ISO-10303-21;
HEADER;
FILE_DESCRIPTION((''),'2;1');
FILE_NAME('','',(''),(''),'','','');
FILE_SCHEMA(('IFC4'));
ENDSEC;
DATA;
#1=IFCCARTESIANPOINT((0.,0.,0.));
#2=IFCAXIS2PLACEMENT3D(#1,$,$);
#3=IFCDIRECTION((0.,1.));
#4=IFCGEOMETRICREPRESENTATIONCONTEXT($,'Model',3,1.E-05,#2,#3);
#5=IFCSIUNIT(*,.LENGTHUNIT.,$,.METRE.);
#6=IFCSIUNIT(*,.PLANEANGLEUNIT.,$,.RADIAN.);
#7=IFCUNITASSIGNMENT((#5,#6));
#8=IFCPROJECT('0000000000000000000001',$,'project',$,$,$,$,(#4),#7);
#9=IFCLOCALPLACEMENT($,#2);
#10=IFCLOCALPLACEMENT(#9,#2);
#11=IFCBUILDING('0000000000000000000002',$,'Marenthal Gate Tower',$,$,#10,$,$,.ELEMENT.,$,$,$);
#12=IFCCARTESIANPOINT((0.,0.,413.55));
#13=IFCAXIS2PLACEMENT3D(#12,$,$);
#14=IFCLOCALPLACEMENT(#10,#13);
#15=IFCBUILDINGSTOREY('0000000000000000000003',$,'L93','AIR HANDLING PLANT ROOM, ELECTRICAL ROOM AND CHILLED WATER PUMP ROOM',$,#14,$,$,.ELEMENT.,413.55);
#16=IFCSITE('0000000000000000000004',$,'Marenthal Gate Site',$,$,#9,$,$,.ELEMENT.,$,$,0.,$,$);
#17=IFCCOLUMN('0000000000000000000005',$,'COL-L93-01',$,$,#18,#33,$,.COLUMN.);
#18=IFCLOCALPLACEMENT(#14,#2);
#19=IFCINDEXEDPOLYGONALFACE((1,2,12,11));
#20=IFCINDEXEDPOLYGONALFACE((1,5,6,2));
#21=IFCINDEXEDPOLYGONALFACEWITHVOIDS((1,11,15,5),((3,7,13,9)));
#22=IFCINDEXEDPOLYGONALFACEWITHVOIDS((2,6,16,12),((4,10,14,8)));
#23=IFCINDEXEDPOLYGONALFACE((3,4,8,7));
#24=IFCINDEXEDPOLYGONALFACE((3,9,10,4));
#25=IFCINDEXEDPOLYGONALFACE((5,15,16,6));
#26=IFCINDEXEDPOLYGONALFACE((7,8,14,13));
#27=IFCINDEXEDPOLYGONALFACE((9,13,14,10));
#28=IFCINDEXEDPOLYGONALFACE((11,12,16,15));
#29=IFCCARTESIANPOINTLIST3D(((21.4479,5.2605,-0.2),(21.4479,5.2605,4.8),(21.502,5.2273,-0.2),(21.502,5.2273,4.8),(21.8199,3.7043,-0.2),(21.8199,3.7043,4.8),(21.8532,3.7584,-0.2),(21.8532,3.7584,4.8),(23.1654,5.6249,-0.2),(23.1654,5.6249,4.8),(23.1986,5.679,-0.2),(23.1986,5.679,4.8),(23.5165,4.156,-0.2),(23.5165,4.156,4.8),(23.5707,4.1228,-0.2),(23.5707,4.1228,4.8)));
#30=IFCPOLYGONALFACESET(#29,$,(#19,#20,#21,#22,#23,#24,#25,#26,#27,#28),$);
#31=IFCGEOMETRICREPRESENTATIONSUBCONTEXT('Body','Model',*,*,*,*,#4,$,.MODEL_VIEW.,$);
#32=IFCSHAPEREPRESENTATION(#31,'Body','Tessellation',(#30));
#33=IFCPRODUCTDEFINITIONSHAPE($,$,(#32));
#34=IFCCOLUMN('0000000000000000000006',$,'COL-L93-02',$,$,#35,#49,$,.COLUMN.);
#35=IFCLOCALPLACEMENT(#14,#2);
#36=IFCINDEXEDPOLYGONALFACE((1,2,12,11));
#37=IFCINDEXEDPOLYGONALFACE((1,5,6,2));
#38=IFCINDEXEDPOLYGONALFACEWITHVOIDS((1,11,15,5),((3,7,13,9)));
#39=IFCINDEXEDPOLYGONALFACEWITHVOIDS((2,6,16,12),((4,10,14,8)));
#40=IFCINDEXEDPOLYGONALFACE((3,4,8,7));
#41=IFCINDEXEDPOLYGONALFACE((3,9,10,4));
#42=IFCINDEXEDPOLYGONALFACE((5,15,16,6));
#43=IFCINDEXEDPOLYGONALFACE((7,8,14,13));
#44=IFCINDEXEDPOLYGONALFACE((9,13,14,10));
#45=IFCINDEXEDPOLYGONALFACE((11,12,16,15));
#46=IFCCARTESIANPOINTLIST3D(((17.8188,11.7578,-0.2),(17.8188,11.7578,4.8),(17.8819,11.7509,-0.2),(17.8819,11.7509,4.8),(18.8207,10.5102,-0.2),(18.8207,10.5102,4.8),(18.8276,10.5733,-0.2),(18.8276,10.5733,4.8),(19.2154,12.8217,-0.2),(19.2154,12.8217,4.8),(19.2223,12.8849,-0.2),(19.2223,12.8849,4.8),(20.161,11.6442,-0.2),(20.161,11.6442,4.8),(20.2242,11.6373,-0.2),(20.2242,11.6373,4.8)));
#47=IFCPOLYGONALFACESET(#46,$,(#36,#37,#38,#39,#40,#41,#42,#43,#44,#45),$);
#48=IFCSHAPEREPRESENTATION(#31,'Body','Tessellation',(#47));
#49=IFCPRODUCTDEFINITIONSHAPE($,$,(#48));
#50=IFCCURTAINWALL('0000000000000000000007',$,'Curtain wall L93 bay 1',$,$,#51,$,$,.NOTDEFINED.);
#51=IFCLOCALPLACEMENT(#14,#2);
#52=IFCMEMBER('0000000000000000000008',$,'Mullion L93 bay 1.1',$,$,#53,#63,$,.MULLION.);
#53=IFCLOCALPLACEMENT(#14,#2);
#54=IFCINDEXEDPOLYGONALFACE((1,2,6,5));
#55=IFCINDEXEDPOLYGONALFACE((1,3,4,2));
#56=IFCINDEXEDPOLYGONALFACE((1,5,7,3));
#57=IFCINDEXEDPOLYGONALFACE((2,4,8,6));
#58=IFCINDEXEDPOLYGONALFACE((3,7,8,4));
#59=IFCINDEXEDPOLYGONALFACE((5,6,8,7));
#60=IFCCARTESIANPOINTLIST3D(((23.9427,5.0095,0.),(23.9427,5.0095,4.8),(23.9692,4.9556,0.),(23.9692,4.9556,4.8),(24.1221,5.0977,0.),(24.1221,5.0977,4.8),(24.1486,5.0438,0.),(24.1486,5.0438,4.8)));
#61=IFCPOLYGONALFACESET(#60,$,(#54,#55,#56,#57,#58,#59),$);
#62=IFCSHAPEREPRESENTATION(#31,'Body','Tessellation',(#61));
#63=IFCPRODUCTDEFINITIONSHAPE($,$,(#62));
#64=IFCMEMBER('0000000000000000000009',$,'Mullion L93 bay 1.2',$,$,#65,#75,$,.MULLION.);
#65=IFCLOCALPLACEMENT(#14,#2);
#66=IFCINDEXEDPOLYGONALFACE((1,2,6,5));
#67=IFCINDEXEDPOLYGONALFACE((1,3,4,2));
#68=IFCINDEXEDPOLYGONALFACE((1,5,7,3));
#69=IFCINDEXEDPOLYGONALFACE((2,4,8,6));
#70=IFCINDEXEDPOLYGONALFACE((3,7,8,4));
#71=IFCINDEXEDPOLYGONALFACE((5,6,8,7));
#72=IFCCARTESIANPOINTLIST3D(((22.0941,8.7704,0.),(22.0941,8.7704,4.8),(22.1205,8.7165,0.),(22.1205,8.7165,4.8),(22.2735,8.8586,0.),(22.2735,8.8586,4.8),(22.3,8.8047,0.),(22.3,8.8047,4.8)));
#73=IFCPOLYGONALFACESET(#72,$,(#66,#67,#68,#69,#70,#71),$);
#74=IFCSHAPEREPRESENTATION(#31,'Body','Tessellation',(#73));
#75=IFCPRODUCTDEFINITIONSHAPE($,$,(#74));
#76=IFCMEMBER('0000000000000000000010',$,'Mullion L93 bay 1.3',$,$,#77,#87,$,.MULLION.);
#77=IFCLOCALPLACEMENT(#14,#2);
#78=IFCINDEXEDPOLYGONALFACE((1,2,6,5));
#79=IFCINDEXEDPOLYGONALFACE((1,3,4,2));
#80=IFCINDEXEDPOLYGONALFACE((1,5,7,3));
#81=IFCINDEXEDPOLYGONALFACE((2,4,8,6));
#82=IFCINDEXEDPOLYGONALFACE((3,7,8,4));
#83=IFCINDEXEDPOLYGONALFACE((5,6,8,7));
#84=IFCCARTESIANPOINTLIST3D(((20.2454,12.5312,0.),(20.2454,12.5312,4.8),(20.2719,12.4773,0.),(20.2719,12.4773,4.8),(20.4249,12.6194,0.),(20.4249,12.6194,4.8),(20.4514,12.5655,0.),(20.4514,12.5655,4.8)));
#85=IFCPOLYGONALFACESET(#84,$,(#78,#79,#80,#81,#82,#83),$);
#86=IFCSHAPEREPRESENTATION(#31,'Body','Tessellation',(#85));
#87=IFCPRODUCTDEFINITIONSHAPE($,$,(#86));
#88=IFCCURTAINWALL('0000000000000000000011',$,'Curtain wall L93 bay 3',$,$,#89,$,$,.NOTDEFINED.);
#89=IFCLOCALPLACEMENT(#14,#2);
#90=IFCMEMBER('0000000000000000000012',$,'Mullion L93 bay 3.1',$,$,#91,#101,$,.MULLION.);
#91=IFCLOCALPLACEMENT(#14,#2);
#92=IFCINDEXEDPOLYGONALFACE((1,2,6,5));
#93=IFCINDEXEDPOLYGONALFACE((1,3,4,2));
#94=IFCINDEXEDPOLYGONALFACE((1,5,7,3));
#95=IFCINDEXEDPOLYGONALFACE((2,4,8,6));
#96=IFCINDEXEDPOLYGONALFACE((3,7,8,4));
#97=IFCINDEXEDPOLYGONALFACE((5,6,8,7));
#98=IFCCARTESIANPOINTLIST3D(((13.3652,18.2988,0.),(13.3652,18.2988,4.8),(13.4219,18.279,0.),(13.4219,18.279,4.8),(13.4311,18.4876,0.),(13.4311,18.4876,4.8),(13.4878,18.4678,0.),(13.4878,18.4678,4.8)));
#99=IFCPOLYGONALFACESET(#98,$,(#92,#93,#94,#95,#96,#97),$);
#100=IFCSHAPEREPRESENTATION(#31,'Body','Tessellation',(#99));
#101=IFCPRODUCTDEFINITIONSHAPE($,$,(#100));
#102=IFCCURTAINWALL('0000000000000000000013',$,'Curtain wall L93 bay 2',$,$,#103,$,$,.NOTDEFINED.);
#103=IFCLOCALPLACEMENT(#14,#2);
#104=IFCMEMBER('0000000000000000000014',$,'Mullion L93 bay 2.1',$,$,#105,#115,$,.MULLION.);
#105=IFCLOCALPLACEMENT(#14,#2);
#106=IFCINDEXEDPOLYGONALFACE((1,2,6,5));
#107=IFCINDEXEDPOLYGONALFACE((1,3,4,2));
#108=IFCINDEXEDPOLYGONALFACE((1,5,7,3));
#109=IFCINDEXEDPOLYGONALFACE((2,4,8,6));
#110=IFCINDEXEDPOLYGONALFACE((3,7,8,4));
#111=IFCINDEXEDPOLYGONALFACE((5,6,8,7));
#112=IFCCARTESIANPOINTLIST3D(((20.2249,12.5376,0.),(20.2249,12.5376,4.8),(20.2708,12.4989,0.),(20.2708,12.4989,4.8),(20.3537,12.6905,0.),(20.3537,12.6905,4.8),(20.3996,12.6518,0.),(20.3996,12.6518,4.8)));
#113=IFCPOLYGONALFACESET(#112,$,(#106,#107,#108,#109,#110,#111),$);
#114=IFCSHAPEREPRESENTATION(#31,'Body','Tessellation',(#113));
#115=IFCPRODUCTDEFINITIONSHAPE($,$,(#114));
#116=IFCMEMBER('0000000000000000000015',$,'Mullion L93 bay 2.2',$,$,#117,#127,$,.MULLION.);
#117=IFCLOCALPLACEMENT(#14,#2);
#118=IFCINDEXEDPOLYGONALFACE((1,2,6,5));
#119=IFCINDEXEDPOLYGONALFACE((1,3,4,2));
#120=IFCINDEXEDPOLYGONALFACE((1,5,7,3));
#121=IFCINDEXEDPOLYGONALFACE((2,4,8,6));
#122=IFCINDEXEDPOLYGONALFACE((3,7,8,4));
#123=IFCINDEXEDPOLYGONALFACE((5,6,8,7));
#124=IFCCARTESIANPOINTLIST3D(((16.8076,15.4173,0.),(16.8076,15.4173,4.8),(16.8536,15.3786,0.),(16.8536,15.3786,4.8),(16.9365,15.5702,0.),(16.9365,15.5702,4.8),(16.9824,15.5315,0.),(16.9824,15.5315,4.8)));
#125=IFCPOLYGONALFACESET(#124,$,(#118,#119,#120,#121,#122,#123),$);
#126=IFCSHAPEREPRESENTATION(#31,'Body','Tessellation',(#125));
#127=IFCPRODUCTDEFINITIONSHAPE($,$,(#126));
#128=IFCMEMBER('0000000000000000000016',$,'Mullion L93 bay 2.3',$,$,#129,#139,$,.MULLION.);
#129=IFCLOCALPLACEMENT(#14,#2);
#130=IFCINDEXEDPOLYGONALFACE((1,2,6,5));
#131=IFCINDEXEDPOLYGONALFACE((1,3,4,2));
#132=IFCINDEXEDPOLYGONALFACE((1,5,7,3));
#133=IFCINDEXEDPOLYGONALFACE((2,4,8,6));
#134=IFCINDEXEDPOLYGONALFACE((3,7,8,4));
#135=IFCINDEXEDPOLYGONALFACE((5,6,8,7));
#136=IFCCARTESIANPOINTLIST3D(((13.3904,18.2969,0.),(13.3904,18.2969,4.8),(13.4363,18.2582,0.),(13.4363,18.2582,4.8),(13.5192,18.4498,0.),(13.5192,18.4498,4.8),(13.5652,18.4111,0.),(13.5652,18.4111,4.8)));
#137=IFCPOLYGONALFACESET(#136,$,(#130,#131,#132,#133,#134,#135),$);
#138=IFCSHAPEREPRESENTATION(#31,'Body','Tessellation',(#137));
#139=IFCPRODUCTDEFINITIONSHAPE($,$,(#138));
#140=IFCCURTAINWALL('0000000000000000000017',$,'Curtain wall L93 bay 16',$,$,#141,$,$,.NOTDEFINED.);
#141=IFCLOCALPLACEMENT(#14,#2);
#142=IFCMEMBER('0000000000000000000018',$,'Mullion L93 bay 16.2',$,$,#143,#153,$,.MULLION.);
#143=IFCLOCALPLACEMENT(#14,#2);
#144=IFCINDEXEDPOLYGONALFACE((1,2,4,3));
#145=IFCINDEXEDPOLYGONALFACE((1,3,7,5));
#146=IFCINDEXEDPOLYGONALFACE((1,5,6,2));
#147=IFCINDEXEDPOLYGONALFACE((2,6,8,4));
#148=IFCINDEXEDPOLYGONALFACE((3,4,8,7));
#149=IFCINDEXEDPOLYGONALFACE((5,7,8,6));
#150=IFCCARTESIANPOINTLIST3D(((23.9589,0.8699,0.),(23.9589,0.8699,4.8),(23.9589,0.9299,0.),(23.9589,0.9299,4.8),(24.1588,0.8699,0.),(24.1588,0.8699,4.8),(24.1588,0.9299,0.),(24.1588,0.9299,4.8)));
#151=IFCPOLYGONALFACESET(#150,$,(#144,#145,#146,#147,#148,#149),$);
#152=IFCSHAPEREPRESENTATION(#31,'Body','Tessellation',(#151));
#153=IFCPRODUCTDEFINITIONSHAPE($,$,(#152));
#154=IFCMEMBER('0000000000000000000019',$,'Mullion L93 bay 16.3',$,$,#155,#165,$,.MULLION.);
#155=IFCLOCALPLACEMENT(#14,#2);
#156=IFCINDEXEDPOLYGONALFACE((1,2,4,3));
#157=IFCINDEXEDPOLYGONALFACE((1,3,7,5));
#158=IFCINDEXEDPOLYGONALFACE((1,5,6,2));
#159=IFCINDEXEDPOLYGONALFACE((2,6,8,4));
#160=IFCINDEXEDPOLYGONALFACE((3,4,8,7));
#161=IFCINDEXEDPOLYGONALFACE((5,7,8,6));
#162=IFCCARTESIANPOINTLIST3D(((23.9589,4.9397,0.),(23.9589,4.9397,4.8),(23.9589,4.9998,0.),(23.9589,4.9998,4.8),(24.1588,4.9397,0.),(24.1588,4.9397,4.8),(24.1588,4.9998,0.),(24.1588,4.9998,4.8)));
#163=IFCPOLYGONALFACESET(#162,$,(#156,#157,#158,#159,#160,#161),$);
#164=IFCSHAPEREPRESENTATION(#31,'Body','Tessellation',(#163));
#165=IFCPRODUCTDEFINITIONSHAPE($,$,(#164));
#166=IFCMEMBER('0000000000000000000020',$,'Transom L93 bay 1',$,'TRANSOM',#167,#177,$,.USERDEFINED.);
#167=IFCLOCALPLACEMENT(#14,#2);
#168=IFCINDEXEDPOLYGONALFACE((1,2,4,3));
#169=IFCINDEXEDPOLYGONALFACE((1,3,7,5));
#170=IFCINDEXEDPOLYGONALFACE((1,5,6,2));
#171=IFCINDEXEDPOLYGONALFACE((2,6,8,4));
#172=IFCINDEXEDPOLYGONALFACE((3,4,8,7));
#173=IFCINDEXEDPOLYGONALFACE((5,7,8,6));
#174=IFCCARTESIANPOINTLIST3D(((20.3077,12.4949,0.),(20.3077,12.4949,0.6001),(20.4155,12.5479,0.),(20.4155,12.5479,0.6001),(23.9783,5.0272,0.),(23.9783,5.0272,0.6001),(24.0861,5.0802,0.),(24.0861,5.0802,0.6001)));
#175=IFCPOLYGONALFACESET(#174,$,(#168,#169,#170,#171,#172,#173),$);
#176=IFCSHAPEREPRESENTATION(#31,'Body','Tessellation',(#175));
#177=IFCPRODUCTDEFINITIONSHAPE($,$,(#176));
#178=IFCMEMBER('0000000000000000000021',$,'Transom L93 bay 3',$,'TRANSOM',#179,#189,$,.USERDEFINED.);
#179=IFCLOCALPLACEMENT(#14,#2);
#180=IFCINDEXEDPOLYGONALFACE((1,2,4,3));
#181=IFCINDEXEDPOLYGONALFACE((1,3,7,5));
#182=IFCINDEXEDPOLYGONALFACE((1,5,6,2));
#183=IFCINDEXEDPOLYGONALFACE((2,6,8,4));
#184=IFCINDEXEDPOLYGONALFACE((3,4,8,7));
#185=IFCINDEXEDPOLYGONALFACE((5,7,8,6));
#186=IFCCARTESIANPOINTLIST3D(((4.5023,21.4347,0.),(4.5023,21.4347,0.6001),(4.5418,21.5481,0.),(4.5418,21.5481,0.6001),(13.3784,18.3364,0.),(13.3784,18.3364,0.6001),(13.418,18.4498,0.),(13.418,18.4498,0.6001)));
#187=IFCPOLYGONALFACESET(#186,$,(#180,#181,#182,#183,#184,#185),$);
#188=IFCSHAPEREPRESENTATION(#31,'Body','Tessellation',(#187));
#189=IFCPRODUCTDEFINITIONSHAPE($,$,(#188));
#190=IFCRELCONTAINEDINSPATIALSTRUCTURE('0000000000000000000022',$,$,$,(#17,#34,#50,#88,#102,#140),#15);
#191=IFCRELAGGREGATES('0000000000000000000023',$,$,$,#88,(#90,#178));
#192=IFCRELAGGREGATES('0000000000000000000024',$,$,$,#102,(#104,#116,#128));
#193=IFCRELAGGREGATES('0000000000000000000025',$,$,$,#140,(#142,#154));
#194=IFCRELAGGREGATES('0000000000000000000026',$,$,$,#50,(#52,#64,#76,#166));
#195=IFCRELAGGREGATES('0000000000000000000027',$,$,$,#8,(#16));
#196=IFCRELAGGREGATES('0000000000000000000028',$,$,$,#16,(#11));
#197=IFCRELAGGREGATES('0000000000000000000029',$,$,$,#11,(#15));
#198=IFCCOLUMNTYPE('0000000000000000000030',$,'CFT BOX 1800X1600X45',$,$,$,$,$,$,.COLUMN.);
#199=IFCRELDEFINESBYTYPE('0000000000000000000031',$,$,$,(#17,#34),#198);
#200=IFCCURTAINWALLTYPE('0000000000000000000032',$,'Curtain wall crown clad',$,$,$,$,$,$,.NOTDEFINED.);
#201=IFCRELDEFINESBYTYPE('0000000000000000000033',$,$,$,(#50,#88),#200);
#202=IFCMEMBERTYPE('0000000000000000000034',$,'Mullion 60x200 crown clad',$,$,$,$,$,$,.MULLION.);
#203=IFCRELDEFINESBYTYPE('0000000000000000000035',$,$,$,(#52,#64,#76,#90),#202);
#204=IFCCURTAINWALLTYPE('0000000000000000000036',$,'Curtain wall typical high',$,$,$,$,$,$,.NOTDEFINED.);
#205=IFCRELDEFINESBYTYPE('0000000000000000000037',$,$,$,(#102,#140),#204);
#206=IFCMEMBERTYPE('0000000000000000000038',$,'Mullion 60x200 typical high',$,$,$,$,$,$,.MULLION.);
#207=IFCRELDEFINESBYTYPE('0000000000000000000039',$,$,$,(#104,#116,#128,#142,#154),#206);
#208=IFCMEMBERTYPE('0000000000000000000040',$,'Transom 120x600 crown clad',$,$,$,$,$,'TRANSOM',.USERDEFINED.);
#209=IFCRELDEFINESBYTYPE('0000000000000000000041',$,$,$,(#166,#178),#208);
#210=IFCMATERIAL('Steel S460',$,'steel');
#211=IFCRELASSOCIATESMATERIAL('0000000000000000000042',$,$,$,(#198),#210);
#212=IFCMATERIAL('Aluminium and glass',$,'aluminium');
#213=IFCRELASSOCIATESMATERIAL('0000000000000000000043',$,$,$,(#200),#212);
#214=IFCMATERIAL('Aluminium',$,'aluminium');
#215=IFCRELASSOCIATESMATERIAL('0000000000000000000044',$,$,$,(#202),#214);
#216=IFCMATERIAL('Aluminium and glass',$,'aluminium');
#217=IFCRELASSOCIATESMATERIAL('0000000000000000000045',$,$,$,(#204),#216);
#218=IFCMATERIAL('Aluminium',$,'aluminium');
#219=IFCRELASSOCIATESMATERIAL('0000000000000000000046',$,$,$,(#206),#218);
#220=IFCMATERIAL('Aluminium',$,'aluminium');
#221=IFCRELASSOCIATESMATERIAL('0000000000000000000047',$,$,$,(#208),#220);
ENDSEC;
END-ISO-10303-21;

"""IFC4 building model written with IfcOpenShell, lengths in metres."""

from ifc_helpers import new_model, si_unit, direction, frame, origin, origin_2d, place, context, subcontext, project, spatial, rectangle, hollow_rectangle, extrude, material, material_profile, profile_set, type_object, element, aggregate, save


model = new_model("IFC4")

# Units and contexts
model_context = context("Model", 3, precision=1e-05, world=origin(), true_north=direction((0.0, 1.0)))
body_context = subcontext(model_context, "Body", "Model", "MODEL_VIEW")
ifc_project = project(units=[si_unit("LENGTHUNIT", "METRE"), si_unit("PLANEANGLEUNIT", "RADIAN")], contexts=[model_context])

# Site, building, storey
site_placement = place(None, origin())
site = spatial("IfcSite", under=ifc_project, at=site_placement, Name="Marenthal Gate Site", CompositionType="ELEMENT", RefElevation=0.0)
building_placement = place(site_placement, origin())
building = spatial("IfcBuilding", under=site, at=building_placement, Name="Marenthal Gate Tower", CompositionType="ELEMENT")
storey_placement = place(building_placement, frame((0.0, 0.0, 413.55)))
storey = spatial("IfcBuildingStorey", under=building, at=storey_placement, Name="L93", Description="AIR HANDLING PLANT ROOM, ELECTRICAL ROOM AND CHILLED WATER PUMP ROOM", CompositionType="ELEMENT", Elevation=413.55)

# Columns
ifc_material_1 = material(Name="Steel S460", Category="steel")
ifc_material_profile_1 = material_profile(ifc_material_1, hollow_rectangle(XDim=1.6001, YDim=1.8, WallThickness=0.0449, at=origin_2d()), Name="CFT BOX 1800X1600X45")
ifc_material_2 = material(Name="Concrete 70 MPa", Category="concrete")
ifc_material_profile_2 = material_profile(ifc_material_2, rectangle(XDim=1.51, YDim=1.71, at=origin_2d()), Name="CFT BOX 1800X1600X45 INFILL")
ifc_profile_set_1 = profile_set([ifc_material_profile_1, ifc_material_profile_2], Name="Steel S460 shell, Concrete 70 MPa infill")
column_type = type_object("IfcColumnType", Name="CFT BOX 1800X1600X45", PredefinedType="COLUMN", material=ifc_profile_set_1)
for number, where, z_axis, x_axis, name in (
    (1, (22.5093, 4.6917, -0.2), (0.0, 0.0, 1.0), (0.232512, -0.972594, 0.0), "COL-L93-01"),
    (2, (19.0215, 11.6975, -0.2), (0.0, 0.0, 1.0), (0.626145, -0.779706, 0.0), "COL-L93-02"),
):
    element("IfcColumn", number, at=place(storey_placement, frame(where, z_axis=z_axis, x_axis=x_axis)), inside=storey, type_object=column_type, Name=name, PredefinedType="COLUMN", context=body_context, shape_type="SweptSolid", body=[
        extrude(hollow_rectangle(XDim=1.6001, YDim=1.8, WallThickness=0.0449, at=origin_2d()), origin(), (0.0, 0.0, 1.0), 5.0),
    ])

# Curtain wall, members
ifc_material_3 = material(Name="Aluminium and glass", Category="aluminium")
curtain_wall_type_1 = type_object("IfcCurtainWallType", Name="Curtain wall crown clad", PredefinedType="NOTDEFINED", material=ifc_material_3)
curtain_wall_1_placement = place(storey_placement, origin())
curtain_wall_1 = element("IfcCurtainWall", 3, at=curtain_wall_1_placement, inside=storey, type_object=curtain_wall_type_1, Name="Curtain wall L93 bay 1", PredefinedType="NOTDEFINED")
ifc_material_4 = material(Name="Aluminium", Category="aluminium")
ifc_material_profile_3 = material_profile(ifc_material_4, rectangle(XDim=0.2, YDim=0.0601, at=origin_2d()), Name="60x200 aluminium mullion")
ifc_profile_set_2 = profile_set([ifc_material_profile_3], Name="Aluminium")
member_type_1 = type_object("IfcMemberType", Name="Mullion 60x200 crown clad", PredefinedType="MULLION", material=ifc_profile_set_2)
member_1_placement = place(storey_placement, frame((24.0457, 5.0266, 0.0), z_axis=(0.0, 0.0, 1.0), x_axis=(-0.897446, -0.441124, 0.0)))
member_1 = element("IfcMember", 4, at=member_1_placement, type_object=member_type_1, Name="Mullion L93 bay 1.1", PredefinedType="MULLION", context=body_context, shape_type="SweptSolid", body=[
    extrude(rectangle(XDim=0.2, YDim=0.0601, at=origin_2d()), origin(), (0.0, 0.0, 1.0), 4.8),
])
member_2_placement = place(storey_placement, frame((22.197, 8.7876, 0.0), z_axis=(0.0, 0.0, 1.0), x_axis=(-0.897446, -0.441124, 0.0)))
member_2 = element("IfcMember", 5, at=member_2_placement, type_object=member_type_1, Name="Mullion L93 bay 1.2", PredefinedType="MULLION", context=body_context, shape_type="SweptSolid", body=[
    extrude(rectangle(XDim=0.2, YDim=0.0601, at=origin_2d()), origin(), (0.0, 0.0, 1.0), 4.8),
])
member_3_placement = place(storey_placement, frame((20.3484, 12.5483, 0.0), z_axis=(0.0, 0.0, 1.0), x_axis=(-0.897446, -0.441124, 0.0)))
member_3 = element("IfcMember", 6, at=member_3_placement, type_object=member_type_1, Name="Mullion L93 bay 1.3", PredefinedType="MULLION", context=body_context, shape_type="SweptSolid", body=[
    extrude(rectangle(XDim=0.2, YDim=0.0601, at=origin_2d()), origin(), (0.0, 0.0, 1.0), 4.8),
])

# Curtain wall, member
curtain_wall_2_placement = place(storey_placement, origin())
curtain_wall_2 = element("IfcCurtainWall", 7, at=curtain_wall_2_placement, inside=storey, type_object=curtain_wall_type_1, Name="Curtain wall L93 bay 3", PredefinedType="NOTDEFINED")
member_4_placement = place(storey_placement, frame((13.4265, 18.3833, 0.0), z_axis=(0.0, 0.0, 1.0), x_axis=(-0.329559, -0.944135, 0.0)))
member_4 = element("IfcMember", 8, at=member_4_placement, type_object=member_type_1, Name="Mullion L93 bay 3.1", PredefinedType="MULLION", context=body_context, shape_type="SweptSolid", body=[
    extrude(rectangle(XDim=0.2, YDim=0.0601, at=origin_2d()), origin(), (0.0, 0.0, 1.0), 4.8),
])

# Curtain walls, members
ifc_material_5 = material(Name="Aluminium and glass", Category="aluminium")
curtain_wall_type_2 = type_object("IfcCurtainWallType", Name="Curtain wall typical high", PredefinedType="NOTDEFINED", material=ifc_material_5)
curtain_wall_3_placement = place(storey_placement, origin())
curtain_wall_3 = element("IfcCurtainWall", 9, at=curtain_wall_3_placement, inside=storey, type_object=curtain_wall_type_2, Name="Curtain wall L93 bay 2", PredefinedType="NOTDEFINED")
ifc_material_6 = material(Name="Aluminium", Category="aluminium")
ifc_material_profile_4 = material_profile(ifc_material_6, rectangle(XDim=0.2, YDim=0.0601, at=origin_2d()), Name="60x200 aluminium mullion")
ifc_profile_set_3 = profile_set([ifc_material_profile_4], Name="Aluminium")
member_type_2 = type_object("IfcMemberType", Name="Mullion 60x200 typical high", PredefinedType="MULLION", material=ifc_profile_set_3)
member_5_placement = place(storey_placement, frame((20.3123, 12.5947, 0.0), z_axis=(0.0, 0.0, 1.0), x_axis=(-0.644394, -0.764693, 0.0)))
member_5 = element("IfcMember", 10, at=member_5_placement, type_object=member_type_2, Name="Mullion L93 bay 2.1", PredefinedType="MULLION", context=body_context, shape_type="SweptSolid", body=[
    extrude(rectangle(XDim=0.2, YDim=0.0601, at=origin_2d()), origin(), (0.0, 0.0, 1.0), 4.8),
])
member_6_placement = place(storey_placement, frame((16.895, 15.4744, 0.0), z_axis=(0.0, 0.0, 1.0), x_axis=(-0.644394, -0.764693, 0.0)))
member_6 = element("IfcMember", 11, at=member_6_placement, type_object=member_type_2, Name="Mullion L93 bay 2.2", PredefinedType="MULLION", context=body_context, shape_type="SweptSolid", body=[
    extrude(rectangle(XDim=0.2, YDim=0.0601, at=origin_2d()), origin(), (0.0, 0.0, 1.0), 4.8),
])
member_7_placement = place(storey_placement, frame((13.4778, 18.354, 0.0), z_axis=(0.0, 0.0, 1.0), x_axis=(-0.644394, -0.764693, 0.0)))
member_7 = element("IfcMember", 12, at=member_7_placement, type_object=member_type_2, Name="Mullion L93 bay 2.3", PredefinedType="MULLION", context=body_context, shape_type="SweptSolid", body=[
    extrude(rectangle(XDim=0.2, YDim=0.0601, at=origin_2d()), origin(), (0.0, 0.0, 1.0), 4.8),
])
curtain_wall_4_placement = place(storey_placement, origin())
curtain_wall_4 = element("IfcCurtainWall", 13, at=curtain_wall_4_placement, inside=storey, type_object=curtain_wall_type_2, Name="Curtain wall L93 bay 16", PredefinedType="NOTDEFINED")
member_8_placement = place(storey_placement, frame((24.0588, 0.8999, 0.0), z_axis=(0.0, 0.0, 1.0), x_axis=(-1.0, 0.0, 0.0)))
member_8 = element("IfcMember", 14, at=member_8_placement, type_object=member_type_2, Name="Mullion L93 bay 16.2", PredefinedType="MULLION", context=body_context, shape_type="SweptSolid", body=[
    extrude(rectangle(XDim=0.2, YDim=0.0601, at=origin_2d()), origin(), (0.0, 0.0, 1.0), 4.8),
])
member_9_placement = place(storey_placement, frame((24.0588, 4.9697, 0.0), z_axis=(0.0, 0.0, 1.0), x_axis=(-1.0, 0.0, 0.0)))
member_9 = element("IfcMember", 15, at=member_9_placement, type_object=member_type_2, Name="Mullion L93 bay 16.3", PredefinedType="MULLION", context=body_context, shape_type="SweptSolid", body=[
    extrude(rectangle(XDim=0.2, YDim=0.0601, at=origin_2d()), origin(), (0.0, 0.0, 1.0), 4.8),
])

# Members
ifc_material_7 = material(Name="Aluminium", Category="aluminium")
ifc_material_profile_5 = material_profile(ifc_material_7, rectangle(XDim=0.1201, YDim=0.6001, at=origin_2d()), Name="120x600 aluminium transom")
ifc_profile_set_4 = profile_set([ifc_material_profile_5], Name="Aluminium")
member_type_3 = type_object("IfcMemberType", Name="Transom 120x600 crown clad", ElementType="TRANSOM", PredefinedType="USERDEFINED", material=ifc_profile_set_4)
member_10_placement = place(storey_placement, frame((24.0322, 5.0537, 0.3), z_axis=(-0.441124, 0.897446, 0.0), x_axis=(-0.897446, -0.441124, 0.0)))
member_10 = element("IfcMember", 16, at=member_10_placement, type_object=member_type_3, Name="Transom L93 bay 1", ObjectType="TRANSOM", PredefinedType="USERDEFINED", context=body_context, shape_type="SweptSolid", body=[
    extrude(rectangle(XDim=0.1201, YDim=0.6001, at=origin_2d()), origin(), (0.0, 0.0, 1.0), 8.321),
])
member_11_placement = place(storey_placement, frame((13.3982, 18.3931, 0.3), z_axis=(-0.944133, 0.329565, 0.0), x_axis=(-0.329565, -0.944133, 0.0)))
member_11 = element("IfcMember", 17, at=member_11_placement, type_object=member_type_3, Name="Transom L93 bay 3", ObjectType="TRANSOM", PredefinedType="USERDEFINED", context=body_context, shape_type="SweptSolid", body=[
    extrude(rectangle(XDim=0.1201, YDim=0.6001, at=origin_2d()), origin(), (0.0, 0.0, 1.0), 9.4014),
])
aggregate(curtain_wall_2, [member_4, member_11])

aggregate(curtain_wall_3, [member_5, member_6, member_7])
aggregate(curtain_wall_4, [member_8, member_9])
aggregate(curtain_wall_1, [member_1, member_2, member_3, member_10])

save(model, "model.ifc")
